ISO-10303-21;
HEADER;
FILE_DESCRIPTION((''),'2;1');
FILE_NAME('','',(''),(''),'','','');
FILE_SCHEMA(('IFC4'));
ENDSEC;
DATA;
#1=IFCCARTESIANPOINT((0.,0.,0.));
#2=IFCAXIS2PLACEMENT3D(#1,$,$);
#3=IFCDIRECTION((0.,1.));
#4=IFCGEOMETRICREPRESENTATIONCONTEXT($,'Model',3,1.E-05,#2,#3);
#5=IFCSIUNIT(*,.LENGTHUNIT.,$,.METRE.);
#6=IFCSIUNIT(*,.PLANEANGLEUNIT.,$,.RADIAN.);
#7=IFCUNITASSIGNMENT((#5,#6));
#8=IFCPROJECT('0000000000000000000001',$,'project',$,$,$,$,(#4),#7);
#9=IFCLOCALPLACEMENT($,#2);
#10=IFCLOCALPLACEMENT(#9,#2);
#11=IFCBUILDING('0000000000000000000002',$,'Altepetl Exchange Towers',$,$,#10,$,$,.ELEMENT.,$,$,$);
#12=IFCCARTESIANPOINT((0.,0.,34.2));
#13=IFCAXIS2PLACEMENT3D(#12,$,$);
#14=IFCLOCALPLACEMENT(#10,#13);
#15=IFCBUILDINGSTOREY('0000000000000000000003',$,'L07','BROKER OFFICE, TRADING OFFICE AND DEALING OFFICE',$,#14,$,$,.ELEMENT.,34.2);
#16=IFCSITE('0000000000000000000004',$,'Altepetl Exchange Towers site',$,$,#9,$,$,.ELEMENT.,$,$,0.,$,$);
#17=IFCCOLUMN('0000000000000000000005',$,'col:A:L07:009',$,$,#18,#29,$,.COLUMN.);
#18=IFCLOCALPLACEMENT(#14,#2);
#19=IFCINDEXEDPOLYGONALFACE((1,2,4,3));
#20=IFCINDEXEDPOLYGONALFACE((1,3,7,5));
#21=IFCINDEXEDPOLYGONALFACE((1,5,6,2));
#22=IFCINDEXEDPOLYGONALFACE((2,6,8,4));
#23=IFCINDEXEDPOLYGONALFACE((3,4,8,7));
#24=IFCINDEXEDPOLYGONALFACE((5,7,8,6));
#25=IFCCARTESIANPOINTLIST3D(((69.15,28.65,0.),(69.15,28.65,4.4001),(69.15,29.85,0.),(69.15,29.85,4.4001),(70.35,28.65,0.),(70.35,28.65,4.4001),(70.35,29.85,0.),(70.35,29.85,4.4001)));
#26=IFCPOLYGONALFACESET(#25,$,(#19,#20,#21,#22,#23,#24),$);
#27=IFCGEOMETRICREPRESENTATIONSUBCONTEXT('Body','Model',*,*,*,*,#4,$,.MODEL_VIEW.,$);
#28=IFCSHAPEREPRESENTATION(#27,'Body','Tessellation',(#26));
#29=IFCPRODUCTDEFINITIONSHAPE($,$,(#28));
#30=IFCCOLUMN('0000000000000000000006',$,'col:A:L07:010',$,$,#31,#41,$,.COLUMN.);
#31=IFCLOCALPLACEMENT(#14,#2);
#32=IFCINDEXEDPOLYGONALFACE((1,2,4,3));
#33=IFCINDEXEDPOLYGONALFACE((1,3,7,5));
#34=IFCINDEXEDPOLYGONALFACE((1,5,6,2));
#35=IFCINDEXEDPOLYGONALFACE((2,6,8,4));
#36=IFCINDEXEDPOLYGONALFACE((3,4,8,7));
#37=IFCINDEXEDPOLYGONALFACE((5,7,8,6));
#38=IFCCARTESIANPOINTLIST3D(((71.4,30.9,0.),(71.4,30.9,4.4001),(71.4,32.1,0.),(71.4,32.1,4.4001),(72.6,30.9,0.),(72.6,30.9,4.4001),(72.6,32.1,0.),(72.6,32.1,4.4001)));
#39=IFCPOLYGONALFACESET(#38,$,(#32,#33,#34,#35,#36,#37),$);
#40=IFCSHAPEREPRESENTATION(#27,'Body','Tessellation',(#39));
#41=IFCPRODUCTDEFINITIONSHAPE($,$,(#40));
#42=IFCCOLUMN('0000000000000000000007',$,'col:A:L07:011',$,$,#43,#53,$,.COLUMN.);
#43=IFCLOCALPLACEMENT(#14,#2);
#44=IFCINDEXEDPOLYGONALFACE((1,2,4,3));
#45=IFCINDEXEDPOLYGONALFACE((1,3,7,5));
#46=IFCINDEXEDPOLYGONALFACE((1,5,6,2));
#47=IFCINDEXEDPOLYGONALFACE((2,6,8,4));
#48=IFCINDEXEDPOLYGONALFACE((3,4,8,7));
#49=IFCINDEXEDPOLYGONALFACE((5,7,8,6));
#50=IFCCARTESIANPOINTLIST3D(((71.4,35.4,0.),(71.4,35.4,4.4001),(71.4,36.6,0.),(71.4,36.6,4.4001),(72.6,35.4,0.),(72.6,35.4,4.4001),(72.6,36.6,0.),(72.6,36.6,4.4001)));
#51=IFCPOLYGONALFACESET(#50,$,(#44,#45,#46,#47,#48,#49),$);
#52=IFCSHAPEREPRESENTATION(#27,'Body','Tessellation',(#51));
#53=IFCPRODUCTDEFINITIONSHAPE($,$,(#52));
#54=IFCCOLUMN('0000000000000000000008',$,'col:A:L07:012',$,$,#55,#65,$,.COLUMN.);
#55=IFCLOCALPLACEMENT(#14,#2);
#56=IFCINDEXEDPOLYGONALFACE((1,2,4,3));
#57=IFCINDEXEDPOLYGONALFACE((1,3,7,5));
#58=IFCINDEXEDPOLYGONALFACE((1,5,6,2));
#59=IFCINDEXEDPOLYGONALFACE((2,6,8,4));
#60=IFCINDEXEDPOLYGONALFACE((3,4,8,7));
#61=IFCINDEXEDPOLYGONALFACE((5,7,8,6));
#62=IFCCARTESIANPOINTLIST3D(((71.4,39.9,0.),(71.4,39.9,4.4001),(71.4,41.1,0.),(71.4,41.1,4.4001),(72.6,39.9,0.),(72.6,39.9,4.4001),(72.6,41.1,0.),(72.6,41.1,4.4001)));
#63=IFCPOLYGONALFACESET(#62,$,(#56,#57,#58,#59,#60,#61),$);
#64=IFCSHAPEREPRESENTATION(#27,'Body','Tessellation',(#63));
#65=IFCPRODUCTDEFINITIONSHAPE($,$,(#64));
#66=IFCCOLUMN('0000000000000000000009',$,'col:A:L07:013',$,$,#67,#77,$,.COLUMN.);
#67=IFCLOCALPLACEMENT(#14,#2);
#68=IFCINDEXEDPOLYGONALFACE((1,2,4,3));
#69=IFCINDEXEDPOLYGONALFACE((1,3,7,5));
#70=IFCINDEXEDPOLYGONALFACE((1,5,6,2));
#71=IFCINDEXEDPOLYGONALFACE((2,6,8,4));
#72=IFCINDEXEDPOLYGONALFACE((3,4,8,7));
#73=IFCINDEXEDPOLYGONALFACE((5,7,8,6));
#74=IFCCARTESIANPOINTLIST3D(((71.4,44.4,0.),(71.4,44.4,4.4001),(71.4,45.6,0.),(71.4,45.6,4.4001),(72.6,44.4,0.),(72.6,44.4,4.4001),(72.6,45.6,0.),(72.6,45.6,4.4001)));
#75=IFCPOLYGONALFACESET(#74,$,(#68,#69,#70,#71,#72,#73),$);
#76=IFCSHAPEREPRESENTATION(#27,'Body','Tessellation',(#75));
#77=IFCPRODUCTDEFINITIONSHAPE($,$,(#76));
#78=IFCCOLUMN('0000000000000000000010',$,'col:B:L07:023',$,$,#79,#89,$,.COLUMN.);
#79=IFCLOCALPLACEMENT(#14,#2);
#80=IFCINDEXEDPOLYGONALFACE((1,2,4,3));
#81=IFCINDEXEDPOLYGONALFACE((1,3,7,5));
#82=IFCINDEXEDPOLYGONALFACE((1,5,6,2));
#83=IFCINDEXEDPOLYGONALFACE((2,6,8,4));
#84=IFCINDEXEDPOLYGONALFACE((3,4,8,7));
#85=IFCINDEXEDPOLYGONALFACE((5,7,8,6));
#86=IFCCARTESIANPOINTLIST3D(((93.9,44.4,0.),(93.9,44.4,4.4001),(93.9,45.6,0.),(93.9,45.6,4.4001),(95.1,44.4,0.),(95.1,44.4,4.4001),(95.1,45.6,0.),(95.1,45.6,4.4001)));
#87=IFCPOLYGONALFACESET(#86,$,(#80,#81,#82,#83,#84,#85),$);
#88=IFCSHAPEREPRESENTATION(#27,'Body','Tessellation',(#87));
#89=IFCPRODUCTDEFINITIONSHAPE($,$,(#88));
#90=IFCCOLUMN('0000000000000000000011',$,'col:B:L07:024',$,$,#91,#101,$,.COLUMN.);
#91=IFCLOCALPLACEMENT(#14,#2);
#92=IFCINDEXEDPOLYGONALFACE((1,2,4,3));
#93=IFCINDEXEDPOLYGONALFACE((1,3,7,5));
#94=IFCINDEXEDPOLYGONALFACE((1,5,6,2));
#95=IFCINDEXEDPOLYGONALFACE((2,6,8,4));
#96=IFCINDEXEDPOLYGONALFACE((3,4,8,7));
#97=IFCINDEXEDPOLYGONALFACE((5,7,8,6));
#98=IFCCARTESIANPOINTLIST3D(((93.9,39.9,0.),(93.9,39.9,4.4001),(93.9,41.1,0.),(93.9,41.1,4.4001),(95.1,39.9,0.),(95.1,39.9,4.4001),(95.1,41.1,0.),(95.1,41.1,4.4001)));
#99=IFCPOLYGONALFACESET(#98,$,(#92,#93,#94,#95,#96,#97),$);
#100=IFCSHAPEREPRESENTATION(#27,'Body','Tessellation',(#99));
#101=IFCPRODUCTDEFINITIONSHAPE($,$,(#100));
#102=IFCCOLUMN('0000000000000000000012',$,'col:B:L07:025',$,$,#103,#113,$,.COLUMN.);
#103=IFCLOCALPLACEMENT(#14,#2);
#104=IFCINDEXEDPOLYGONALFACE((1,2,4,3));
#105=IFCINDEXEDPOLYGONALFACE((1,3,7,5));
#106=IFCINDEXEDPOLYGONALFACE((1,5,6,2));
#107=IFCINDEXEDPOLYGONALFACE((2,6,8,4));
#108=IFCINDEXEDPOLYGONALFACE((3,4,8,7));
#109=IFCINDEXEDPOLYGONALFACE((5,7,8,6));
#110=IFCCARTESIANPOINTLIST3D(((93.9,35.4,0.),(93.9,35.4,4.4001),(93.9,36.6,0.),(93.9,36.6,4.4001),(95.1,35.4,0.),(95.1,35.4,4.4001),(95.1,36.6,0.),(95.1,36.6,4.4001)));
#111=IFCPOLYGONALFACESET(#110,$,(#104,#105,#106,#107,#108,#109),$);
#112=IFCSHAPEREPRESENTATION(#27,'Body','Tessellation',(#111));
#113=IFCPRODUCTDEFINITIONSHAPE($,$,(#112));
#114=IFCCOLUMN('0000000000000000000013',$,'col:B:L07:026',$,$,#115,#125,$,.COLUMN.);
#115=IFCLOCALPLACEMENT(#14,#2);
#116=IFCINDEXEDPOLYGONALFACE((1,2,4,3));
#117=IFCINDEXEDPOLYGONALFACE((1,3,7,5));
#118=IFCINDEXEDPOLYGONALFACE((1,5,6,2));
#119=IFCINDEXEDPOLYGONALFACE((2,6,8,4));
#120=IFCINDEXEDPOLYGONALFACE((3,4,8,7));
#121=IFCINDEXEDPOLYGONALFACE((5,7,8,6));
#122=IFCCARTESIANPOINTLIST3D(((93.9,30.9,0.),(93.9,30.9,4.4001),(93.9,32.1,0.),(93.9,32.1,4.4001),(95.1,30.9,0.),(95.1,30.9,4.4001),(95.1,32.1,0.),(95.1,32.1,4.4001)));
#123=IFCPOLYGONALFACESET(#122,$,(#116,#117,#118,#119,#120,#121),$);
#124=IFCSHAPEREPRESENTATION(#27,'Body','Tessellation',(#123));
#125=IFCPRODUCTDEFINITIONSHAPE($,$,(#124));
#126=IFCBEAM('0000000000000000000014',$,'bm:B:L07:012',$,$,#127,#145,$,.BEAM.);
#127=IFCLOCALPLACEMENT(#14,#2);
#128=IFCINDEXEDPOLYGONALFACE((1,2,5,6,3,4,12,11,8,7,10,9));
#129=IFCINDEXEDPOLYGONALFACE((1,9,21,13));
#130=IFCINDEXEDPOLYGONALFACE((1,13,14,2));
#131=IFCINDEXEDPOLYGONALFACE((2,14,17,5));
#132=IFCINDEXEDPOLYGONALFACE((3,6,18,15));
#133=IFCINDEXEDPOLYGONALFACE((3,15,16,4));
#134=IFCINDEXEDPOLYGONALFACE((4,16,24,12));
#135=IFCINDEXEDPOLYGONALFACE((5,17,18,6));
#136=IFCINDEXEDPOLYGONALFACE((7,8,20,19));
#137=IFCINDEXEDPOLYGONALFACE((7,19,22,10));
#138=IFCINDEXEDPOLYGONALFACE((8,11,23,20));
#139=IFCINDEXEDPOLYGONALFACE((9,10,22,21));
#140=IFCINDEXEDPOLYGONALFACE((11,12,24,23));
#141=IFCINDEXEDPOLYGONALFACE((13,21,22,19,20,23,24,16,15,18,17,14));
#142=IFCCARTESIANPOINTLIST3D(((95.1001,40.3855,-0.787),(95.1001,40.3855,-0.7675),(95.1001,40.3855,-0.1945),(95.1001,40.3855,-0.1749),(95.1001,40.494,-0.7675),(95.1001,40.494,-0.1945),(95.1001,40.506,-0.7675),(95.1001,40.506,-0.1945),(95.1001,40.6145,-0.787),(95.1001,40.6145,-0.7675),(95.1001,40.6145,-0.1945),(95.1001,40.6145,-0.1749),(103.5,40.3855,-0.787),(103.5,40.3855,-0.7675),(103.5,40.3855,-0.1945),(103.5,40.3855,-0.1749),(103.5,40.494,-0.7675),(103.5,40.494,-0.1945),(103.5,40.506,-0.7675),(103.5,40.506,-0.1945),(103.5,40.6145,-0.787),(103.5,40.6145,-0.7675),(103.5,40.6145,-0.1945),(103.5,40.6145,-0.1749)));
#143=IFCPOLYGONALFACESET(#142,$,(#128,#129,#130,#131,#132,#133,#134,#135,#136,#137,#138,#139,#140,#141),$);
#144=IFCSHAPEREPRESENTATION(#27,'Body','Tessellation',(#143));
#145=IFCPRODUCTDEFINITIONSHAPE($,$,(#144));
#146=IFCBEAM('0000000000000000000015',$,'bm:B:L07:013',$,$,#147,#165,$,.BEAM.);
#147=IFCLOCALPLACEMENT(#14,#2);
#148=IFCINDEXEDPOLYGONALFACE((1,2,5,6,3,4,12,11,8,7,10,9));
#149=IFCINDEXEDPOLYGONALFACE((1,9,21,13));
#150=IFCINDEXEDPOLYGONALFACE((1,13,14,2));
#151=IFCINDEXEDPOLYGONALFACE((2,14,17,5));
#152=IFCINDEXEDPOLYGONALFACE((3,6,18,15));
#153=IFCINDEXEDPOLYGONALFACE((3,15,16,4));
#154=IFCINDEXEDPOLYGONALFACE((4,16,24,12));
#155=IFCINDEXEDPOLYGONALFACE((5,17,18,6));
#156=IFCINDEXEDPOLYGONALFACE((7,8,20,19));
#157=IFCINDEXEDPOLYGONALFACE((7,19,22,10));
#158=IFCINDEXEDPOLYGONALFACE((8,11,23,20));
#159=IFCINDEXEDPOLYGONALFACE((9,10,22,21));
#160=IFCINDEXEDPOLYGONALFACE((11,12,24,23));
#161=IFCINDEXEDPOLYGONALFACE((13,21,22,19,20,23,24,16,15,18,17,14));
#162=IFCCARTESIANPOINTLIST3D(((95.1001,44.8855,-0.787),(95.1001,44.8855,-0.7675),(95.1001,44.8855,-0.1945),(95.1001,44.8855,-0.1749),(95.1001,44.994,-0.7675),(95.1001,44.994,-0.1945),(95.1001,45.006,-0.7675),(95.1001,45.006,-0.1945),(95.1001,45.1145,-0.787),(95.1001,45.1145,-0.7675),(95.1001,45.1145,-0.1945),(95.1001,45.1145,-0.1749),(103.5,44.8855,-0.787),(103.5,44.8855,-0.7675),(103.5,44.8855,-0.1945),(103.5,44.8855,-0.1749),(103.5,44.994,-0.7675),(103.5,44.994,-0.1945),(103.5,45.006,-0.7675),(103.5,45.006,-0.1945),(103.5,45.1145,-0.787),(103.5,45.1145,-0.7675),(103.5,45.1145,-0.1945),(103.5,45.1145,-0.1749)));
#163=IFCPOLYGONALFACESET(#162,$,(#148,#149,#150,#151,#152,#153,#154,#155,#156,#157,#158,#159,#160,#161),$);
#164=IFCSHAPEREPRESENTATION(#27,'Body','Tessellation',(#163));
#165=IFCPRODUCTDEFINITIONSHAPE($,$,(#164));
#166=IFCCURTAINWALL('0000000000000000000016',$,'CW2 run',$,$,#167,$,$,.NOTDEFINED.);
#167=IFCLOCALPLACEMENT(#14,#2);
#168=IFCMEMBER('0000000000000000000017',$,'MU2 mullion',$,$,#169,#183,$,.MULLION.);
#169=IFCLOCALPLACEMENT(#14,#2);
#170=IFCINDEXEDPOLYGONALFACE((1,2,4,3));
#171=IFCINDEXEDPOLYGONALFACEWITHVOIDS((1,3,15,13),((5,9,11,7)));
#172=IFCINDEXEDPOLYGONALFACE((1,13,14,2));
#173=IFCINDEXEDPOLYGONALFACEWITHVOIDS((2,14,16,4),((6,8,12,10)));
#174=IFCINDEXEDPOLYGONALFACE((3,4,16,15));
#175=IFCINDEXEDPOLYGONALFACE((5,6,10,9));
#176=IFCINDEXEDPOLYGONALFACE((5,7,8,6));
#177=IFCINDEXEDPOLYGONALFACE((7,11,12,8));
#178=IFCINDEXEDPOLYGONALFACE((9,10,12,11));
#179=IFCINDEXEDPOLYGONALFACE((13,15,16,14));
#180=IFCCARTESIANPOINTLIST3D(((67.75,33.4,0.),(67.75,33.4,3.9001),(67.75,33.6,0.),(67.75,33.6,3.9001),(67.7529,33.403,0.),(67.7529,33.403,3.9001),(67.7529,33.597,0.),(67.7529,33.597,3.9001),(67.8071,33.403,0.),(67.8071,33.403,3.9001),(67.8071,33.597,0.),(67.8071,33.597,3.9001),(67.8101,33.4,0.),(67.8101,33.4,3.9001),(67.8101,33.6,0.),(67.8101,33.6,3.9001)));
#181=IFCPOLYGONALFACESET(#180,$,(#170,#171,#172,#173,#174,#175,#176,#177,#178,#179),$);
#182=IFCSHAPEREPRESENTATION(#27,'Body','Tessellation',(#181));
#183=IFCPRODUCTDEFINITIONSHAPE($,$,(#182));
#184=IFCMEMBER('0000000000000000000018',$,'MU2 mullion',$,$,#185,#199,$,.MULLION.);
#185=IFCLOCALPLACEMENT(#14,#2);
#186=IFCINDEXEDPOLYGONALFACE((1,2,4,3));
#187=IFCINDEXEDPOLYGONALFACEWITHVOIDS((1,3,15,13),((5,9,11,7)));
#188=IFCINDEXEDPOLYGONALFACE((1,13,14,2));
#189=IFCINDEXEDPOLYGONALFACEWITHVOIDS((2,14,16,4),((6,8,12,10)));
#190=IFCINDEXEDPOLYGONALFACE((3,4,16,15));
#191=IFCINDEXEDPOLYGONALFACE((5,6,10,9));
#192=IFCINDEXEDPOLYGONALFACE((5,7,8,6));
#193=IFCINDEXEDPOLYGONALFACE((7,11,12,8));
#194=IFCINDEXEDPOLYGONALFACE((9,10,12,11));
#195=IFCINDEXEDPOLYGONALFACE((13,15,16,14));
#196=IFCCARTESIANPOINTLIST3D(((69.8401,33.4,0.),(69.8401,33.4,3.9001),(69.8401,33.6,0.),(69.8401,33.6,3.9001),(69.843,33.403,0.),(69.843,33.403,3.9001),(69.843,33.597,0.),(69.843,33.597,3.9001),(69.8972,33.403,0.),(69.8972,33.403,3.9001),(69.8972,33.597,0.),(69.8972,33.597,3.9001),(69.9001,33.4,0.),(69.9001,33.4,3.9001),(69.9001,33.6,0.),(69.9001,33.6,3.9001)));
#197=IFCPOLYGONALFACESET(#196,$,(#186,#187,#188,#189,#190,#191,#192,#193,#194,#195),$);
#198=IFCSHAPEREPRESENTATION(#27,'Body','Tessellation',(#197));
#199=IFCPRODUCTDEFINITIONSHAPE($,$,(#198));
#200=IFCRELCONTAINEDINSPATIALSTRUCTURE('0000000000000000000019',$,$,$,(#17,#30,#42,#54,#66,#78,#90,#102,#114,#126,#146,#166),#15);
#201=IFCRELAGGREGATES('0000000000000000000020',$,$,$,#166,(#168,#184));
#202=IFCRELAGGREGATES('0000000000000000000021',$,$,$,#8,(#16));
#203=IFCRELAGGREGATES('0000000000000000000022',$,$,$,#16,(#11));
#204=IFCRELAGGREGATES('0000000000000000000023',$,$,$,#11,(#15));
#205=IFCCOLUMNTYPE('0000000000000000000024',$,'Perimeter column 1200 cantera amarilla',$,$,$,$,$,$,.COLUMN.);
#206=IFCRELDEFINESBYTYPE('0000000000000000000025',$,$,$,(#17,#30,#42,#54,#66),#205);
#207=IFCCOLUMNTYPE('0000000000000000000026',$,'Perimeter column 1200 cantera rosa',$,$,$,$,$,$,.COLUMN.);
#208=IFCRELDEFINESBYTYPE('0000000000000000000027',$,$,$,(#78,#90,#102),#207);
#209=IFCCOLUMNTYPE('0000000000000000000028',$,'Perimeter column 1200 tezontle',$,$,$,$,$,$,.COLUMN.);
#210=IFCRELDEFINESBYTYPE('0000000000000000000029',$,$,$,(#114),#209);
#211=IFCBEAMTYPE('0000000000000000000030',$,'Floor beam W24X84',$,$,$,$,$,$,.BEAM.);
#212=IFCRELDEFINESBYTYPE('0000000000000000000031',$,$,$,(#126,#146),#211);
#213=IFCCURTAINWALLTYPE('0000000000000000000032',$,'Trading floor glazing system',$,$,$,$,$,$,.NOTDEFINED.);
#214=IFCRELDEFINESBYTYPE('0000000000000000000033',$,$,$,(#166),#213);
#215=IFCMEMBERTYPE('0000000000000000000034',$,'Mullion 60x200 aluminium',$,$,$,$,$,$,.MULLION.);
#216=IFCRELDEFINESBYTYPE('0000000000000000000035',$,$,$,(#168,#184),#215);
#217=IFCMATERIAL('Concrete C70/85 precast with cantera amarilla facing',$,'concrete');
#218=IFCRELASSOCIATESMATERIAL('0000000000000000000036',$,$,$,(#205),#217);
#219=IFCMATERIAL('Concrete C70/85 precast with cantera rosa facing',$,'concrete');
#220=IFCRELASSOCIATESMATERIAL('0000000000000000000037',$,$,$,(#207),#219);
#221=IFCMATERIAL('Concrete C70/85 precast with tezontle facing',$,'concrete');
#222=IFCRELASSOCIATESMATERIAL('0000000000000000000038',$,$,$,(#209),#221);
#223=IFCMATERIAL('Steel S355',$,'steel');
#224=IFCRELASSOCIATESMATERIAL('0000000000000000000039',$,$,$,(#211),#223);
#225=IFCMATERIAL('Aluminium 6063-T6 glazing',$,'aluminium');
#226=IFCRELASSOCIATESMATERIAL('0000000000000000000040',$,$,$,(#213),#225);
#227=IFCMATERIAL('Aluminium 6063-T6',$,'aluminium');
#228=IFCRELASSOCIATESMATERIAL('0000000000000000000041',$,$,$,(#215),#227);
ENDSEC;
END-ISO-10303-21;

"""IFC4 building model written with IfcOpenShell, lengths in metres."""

from ifc_helpers import new_model, si_unit, direction, frame, origin, origin_2d, place, context, subcontext, project, spatial, rectangle, hollow_rectangle, i_section, extrude, material, material_profile, profile_set, type_object, element, aggregate, save


model = new_model("IFC4")

# Units and contexts
model_context = context("Model", 3, precision=1e-05, world=origin(), true_north=direction((0.0, 1.0)))
body_context = subcontext(model_context, "Body", "Model", "MODEL_VIEW")
ifc_project = project(units=[si_unit("LENGTHUNIT", "METRE"), si_unit("PLANEANGLEUNIT", "RADIAN")], contexts=[model_context])

# Site, building, storey
site_placement = place(None, origin())
site = spatial("IfcSite", under=ifc_project, at=site_placement, Name="Altepetl Exchange Towers site", CompositionType="ELEMENT", RefElevation=0.0)
building_placement = place(site_placement, origin())
building = spatial("IfcBuilding", under=site, at=building_placement, Name="Altepetl Exchange Towers", CompositionType="ELEMENT")
storey_placement = place(building_placement, frame((0.0, 0.0, 34.2)))
storey = spatial("IfcBuildingStorey", under=building, at=storey_placement, Name="L07", Description="BROKER OFFICE, TRADING OFFICE AND DEALING OFFICE", CompositionType="ELEMENT", Elevation=34.2)

# Columns
ifc_material_1 = material(Name="Concrete C70/85 precast with cantera amarilla facing", Category="concrete")
ifc_material_profile_1 = material_profile(ifc_material_1, rectangle(XDim=1.2, YDim=1.2, at=origin_2d()), Name="1200 x 1200")
ifc_profile_set_1 = profile_set([ifc_material_profile_1], Name="Concrete C70/85 precast with cantera amarilla facing")
column_type_1 = type_object("IfcColumnType", Name="Perimeter column 1200 cantera amarilla", PredefinedType="COLUMN", material=ifc_profile_set_1)
for number, where, name in (
    (1, (69.75, 29.25, 0.0), "col:A:L07:009"),
    (2, (72.0, 31.5, 0.0), "col:A:L07:010"),
    (3, (72.0, 36.0, 0.0), "col:A:L07:011"),
    (4, (72.0, 40.5, 0.0), "col:A:L07:012"),
    (5, (72.0, 45.0, 0.0), "col:A:L07:013"),
):
    element("IfcColumn", number, at=place(storey_placement, frame(where)), inside=storey, type_object=column_type_1, Name=name, PredefinedType="COLUMN", context=body_context, shape_type="SweptSolid", body=[
        extrude(rectangle(XDim=1.2, YDim=1.2, at=origin_2d()), origin(), (0.0, 0.0, 1.0), 4.4001),
    ])
ifc_material_2 = material(Name="Concrete C70/85 precast with cantera rosa facing", Category="concrete")
ifc_material_profile_2 = material_profile(ifc_material_2, rectangle(XDim=1.2, YDim=1.2, at=origin_2d()), Name="1200 x 1200")
ifc_profile_set_2 = profile_set([ifc_material_profile_2], Name="Concrete C70/85 precast with cantera rosa facing")
column_type_2 = type_object("IfcColumnType", Name="Perimeter column 1200 cantera rosa", PredefinedType="COLUMN", material=ifc_profile_set_2)
for number, where, name in (
    (6, (94.5, 45.0, 0.0), "col:B:L07:023"),
    (7, (94.5, 40.5, 0.0), "col:B:L07:024"),
    (8, (94.5, 36.0, 0.0), "col:B:L07:025"),
):
    element("IfcColumn", number, at=place(storey_placement, frame(where)), inside=storey, type_object=column_type_2, Name=name, PredefinedType="COLUMN", context=body_context, shape_type="SweptSolid", body=[
        extrude(rectangle(XDim=1.2, YDim=1.2, at=origin_2d()), origin(), (0.0, 0.0, 1.0), 4.4001),
    ])
ifc_material_3 = material(Name="Concrete C70/85 precast with tezontle facing", Category="concrete")
ifc_material_profile_3 = material_profile(ifc_material_3, rectangle(XDim=1.2, YDim=1.2, at=origin_2d()), Name="1200 x 1200")
ifc_profile_set_3 = profile_set([ifc_material_profile_3], Name="Concrete C70/85 precast with tezontle facing")
column_type_3 = type_object("IfcColumnType", Name="Perimeter column 1200 tezontle", PredefinedType="COLUMN", material=ifc_profile_set_3)
column_placement = place(storey_placement, frame((94.5, 31.5, 0.0)))
element("IfcColumn", 9, at=column_placement, inside=storey, type_object=column_type_3, Name="col:B:L07:026", PredefinedType="COLUMN", context=body_context, shape_type="SweptSolid", body=[
    extrude(rectangle(XDim=1.2, YDim=1.2, at=origin_2d()), origin(), (0.0, 0.0, 1.0), 4.4001),
])

# Beams
ifc_material_4 = material(Name="Steel S355", Category="steel")
ifc_material_profile_4 = material_profile(ifc_material_4, i_section(OverallWidth=0.229, OverallDepth=0.6121, WebThickness=0.012, FlangeThickness=0.0195, at=origin_2d()), Name="W24X84")
ifc_profile_set_4 = profile_set([ifc_material_profile_4], Name="Steel S355")
beam_type_1 = type_object("IfcBeamType", Name="Floor beam W24X84", PredefinedType="BEAM", material=ifc_profile_set_4)
for number, where, z_axis, x_axis, name in (
    (10, (95.1001, 40.5, -0.481), (1.0, 0.0, 0.0), (0.0, 1.0, 0.0), "bm:B:L07:012"),
    (11, (95.1001, 45.0, -0.481), (1.0, 0.0, 0.0), (0.0, 1.0, 0.0), "bm:B:L07:013"),
):
    element("IfcBeam", number, at=place(storey_placement, frame(where, z_axis=z_axis, x_axis=x_axis)), inside=storey, type_object=beam_type_1, Name=name, PredefinedType="BEAM", context=body_context, shape_type="SweptSolid", body=[
        extrude(i_section(OverallWidth=0.229, OverallDepth=0.6121, WebThickness=0.012, FlangeThickness=0.0195, at=origin_2d()), origin(), (0.0, 0.0, 1.0), 8.3999),
    ])

# Curtain wall, members
ifc_material_5 = material(Name="Aluminium 6063-T6 glazing", Category="aluminium")
curtain_wall_type = type_object("IfcCurtainWallType", Name="Trading floor glazing system", PredefinedType="NOTDEFINED", material=ifc_material_5)
curtain_wall_1_placement = place(storey_placement, origin())
curtain_wall_1 = element("IfcCurtainWall", 12, at=curtain_wall_1_placement, inside=storey, type_object=curtain_wall_type, Name="CW2 run", PredefinedType="NOTDEFINED")
ifc_material_6 = material(Name="Aluminium 6063-T6", Category="aluminium")
ifc_material_profile_5 = material_profile(ifc_material_6, hollow_rectangle(XDim=0.0601, YDim=0.2, WallThickness=0.0029, at=origin_2d()), Name="Mullion 60x200 aluminium")
ifc_profile_set_5 = profile_set([ifc_material_profile_5], Name="Aluminium 6063-T6")
member_type = type_object("IfcMemberType", Name="Mullion 60x200 aluminium", PredefinedType="MULLION", material=ifc_profile_set_5)
member_1_placement = place(storey_placement, frame((67.78, 33.5, 0.0)))
member_1 = element("IfcMember", 13, at=member_1_placement, type_object=member_type, Name="MU2 mullion", PredefinedType="MULLION", context=body_context, shape_type="SweptSolid", body=[
    extrude(hollow_rectangle(XDim=0.0601, YDim=0.2, WallThickness=0.0029, at=origin_2d()), origin(), (0.0, 0.0, 1.0), 3.9001),
])
member_2_placement = place(storey_placement, frame((69.8701, 33.5, 0.0)))
member_2 = element("IfcMember", 14, at=member_2_placement, type_object=member_type, Name="MU2 mullion", PredefinedType="MULLION", context=body_context, shape_type="SweptSolid", body=[
    extrude(hollow_rectangle(XDim=0.0601, YDim=0.2, WallThickness=0.0029, at=origin_2d()), origin(), (0.0, 0.0, 1.0), 3.9001),
])

aggregate(curtain_wall_1, [member_1, member_2])

save(model, "model.ifc")
